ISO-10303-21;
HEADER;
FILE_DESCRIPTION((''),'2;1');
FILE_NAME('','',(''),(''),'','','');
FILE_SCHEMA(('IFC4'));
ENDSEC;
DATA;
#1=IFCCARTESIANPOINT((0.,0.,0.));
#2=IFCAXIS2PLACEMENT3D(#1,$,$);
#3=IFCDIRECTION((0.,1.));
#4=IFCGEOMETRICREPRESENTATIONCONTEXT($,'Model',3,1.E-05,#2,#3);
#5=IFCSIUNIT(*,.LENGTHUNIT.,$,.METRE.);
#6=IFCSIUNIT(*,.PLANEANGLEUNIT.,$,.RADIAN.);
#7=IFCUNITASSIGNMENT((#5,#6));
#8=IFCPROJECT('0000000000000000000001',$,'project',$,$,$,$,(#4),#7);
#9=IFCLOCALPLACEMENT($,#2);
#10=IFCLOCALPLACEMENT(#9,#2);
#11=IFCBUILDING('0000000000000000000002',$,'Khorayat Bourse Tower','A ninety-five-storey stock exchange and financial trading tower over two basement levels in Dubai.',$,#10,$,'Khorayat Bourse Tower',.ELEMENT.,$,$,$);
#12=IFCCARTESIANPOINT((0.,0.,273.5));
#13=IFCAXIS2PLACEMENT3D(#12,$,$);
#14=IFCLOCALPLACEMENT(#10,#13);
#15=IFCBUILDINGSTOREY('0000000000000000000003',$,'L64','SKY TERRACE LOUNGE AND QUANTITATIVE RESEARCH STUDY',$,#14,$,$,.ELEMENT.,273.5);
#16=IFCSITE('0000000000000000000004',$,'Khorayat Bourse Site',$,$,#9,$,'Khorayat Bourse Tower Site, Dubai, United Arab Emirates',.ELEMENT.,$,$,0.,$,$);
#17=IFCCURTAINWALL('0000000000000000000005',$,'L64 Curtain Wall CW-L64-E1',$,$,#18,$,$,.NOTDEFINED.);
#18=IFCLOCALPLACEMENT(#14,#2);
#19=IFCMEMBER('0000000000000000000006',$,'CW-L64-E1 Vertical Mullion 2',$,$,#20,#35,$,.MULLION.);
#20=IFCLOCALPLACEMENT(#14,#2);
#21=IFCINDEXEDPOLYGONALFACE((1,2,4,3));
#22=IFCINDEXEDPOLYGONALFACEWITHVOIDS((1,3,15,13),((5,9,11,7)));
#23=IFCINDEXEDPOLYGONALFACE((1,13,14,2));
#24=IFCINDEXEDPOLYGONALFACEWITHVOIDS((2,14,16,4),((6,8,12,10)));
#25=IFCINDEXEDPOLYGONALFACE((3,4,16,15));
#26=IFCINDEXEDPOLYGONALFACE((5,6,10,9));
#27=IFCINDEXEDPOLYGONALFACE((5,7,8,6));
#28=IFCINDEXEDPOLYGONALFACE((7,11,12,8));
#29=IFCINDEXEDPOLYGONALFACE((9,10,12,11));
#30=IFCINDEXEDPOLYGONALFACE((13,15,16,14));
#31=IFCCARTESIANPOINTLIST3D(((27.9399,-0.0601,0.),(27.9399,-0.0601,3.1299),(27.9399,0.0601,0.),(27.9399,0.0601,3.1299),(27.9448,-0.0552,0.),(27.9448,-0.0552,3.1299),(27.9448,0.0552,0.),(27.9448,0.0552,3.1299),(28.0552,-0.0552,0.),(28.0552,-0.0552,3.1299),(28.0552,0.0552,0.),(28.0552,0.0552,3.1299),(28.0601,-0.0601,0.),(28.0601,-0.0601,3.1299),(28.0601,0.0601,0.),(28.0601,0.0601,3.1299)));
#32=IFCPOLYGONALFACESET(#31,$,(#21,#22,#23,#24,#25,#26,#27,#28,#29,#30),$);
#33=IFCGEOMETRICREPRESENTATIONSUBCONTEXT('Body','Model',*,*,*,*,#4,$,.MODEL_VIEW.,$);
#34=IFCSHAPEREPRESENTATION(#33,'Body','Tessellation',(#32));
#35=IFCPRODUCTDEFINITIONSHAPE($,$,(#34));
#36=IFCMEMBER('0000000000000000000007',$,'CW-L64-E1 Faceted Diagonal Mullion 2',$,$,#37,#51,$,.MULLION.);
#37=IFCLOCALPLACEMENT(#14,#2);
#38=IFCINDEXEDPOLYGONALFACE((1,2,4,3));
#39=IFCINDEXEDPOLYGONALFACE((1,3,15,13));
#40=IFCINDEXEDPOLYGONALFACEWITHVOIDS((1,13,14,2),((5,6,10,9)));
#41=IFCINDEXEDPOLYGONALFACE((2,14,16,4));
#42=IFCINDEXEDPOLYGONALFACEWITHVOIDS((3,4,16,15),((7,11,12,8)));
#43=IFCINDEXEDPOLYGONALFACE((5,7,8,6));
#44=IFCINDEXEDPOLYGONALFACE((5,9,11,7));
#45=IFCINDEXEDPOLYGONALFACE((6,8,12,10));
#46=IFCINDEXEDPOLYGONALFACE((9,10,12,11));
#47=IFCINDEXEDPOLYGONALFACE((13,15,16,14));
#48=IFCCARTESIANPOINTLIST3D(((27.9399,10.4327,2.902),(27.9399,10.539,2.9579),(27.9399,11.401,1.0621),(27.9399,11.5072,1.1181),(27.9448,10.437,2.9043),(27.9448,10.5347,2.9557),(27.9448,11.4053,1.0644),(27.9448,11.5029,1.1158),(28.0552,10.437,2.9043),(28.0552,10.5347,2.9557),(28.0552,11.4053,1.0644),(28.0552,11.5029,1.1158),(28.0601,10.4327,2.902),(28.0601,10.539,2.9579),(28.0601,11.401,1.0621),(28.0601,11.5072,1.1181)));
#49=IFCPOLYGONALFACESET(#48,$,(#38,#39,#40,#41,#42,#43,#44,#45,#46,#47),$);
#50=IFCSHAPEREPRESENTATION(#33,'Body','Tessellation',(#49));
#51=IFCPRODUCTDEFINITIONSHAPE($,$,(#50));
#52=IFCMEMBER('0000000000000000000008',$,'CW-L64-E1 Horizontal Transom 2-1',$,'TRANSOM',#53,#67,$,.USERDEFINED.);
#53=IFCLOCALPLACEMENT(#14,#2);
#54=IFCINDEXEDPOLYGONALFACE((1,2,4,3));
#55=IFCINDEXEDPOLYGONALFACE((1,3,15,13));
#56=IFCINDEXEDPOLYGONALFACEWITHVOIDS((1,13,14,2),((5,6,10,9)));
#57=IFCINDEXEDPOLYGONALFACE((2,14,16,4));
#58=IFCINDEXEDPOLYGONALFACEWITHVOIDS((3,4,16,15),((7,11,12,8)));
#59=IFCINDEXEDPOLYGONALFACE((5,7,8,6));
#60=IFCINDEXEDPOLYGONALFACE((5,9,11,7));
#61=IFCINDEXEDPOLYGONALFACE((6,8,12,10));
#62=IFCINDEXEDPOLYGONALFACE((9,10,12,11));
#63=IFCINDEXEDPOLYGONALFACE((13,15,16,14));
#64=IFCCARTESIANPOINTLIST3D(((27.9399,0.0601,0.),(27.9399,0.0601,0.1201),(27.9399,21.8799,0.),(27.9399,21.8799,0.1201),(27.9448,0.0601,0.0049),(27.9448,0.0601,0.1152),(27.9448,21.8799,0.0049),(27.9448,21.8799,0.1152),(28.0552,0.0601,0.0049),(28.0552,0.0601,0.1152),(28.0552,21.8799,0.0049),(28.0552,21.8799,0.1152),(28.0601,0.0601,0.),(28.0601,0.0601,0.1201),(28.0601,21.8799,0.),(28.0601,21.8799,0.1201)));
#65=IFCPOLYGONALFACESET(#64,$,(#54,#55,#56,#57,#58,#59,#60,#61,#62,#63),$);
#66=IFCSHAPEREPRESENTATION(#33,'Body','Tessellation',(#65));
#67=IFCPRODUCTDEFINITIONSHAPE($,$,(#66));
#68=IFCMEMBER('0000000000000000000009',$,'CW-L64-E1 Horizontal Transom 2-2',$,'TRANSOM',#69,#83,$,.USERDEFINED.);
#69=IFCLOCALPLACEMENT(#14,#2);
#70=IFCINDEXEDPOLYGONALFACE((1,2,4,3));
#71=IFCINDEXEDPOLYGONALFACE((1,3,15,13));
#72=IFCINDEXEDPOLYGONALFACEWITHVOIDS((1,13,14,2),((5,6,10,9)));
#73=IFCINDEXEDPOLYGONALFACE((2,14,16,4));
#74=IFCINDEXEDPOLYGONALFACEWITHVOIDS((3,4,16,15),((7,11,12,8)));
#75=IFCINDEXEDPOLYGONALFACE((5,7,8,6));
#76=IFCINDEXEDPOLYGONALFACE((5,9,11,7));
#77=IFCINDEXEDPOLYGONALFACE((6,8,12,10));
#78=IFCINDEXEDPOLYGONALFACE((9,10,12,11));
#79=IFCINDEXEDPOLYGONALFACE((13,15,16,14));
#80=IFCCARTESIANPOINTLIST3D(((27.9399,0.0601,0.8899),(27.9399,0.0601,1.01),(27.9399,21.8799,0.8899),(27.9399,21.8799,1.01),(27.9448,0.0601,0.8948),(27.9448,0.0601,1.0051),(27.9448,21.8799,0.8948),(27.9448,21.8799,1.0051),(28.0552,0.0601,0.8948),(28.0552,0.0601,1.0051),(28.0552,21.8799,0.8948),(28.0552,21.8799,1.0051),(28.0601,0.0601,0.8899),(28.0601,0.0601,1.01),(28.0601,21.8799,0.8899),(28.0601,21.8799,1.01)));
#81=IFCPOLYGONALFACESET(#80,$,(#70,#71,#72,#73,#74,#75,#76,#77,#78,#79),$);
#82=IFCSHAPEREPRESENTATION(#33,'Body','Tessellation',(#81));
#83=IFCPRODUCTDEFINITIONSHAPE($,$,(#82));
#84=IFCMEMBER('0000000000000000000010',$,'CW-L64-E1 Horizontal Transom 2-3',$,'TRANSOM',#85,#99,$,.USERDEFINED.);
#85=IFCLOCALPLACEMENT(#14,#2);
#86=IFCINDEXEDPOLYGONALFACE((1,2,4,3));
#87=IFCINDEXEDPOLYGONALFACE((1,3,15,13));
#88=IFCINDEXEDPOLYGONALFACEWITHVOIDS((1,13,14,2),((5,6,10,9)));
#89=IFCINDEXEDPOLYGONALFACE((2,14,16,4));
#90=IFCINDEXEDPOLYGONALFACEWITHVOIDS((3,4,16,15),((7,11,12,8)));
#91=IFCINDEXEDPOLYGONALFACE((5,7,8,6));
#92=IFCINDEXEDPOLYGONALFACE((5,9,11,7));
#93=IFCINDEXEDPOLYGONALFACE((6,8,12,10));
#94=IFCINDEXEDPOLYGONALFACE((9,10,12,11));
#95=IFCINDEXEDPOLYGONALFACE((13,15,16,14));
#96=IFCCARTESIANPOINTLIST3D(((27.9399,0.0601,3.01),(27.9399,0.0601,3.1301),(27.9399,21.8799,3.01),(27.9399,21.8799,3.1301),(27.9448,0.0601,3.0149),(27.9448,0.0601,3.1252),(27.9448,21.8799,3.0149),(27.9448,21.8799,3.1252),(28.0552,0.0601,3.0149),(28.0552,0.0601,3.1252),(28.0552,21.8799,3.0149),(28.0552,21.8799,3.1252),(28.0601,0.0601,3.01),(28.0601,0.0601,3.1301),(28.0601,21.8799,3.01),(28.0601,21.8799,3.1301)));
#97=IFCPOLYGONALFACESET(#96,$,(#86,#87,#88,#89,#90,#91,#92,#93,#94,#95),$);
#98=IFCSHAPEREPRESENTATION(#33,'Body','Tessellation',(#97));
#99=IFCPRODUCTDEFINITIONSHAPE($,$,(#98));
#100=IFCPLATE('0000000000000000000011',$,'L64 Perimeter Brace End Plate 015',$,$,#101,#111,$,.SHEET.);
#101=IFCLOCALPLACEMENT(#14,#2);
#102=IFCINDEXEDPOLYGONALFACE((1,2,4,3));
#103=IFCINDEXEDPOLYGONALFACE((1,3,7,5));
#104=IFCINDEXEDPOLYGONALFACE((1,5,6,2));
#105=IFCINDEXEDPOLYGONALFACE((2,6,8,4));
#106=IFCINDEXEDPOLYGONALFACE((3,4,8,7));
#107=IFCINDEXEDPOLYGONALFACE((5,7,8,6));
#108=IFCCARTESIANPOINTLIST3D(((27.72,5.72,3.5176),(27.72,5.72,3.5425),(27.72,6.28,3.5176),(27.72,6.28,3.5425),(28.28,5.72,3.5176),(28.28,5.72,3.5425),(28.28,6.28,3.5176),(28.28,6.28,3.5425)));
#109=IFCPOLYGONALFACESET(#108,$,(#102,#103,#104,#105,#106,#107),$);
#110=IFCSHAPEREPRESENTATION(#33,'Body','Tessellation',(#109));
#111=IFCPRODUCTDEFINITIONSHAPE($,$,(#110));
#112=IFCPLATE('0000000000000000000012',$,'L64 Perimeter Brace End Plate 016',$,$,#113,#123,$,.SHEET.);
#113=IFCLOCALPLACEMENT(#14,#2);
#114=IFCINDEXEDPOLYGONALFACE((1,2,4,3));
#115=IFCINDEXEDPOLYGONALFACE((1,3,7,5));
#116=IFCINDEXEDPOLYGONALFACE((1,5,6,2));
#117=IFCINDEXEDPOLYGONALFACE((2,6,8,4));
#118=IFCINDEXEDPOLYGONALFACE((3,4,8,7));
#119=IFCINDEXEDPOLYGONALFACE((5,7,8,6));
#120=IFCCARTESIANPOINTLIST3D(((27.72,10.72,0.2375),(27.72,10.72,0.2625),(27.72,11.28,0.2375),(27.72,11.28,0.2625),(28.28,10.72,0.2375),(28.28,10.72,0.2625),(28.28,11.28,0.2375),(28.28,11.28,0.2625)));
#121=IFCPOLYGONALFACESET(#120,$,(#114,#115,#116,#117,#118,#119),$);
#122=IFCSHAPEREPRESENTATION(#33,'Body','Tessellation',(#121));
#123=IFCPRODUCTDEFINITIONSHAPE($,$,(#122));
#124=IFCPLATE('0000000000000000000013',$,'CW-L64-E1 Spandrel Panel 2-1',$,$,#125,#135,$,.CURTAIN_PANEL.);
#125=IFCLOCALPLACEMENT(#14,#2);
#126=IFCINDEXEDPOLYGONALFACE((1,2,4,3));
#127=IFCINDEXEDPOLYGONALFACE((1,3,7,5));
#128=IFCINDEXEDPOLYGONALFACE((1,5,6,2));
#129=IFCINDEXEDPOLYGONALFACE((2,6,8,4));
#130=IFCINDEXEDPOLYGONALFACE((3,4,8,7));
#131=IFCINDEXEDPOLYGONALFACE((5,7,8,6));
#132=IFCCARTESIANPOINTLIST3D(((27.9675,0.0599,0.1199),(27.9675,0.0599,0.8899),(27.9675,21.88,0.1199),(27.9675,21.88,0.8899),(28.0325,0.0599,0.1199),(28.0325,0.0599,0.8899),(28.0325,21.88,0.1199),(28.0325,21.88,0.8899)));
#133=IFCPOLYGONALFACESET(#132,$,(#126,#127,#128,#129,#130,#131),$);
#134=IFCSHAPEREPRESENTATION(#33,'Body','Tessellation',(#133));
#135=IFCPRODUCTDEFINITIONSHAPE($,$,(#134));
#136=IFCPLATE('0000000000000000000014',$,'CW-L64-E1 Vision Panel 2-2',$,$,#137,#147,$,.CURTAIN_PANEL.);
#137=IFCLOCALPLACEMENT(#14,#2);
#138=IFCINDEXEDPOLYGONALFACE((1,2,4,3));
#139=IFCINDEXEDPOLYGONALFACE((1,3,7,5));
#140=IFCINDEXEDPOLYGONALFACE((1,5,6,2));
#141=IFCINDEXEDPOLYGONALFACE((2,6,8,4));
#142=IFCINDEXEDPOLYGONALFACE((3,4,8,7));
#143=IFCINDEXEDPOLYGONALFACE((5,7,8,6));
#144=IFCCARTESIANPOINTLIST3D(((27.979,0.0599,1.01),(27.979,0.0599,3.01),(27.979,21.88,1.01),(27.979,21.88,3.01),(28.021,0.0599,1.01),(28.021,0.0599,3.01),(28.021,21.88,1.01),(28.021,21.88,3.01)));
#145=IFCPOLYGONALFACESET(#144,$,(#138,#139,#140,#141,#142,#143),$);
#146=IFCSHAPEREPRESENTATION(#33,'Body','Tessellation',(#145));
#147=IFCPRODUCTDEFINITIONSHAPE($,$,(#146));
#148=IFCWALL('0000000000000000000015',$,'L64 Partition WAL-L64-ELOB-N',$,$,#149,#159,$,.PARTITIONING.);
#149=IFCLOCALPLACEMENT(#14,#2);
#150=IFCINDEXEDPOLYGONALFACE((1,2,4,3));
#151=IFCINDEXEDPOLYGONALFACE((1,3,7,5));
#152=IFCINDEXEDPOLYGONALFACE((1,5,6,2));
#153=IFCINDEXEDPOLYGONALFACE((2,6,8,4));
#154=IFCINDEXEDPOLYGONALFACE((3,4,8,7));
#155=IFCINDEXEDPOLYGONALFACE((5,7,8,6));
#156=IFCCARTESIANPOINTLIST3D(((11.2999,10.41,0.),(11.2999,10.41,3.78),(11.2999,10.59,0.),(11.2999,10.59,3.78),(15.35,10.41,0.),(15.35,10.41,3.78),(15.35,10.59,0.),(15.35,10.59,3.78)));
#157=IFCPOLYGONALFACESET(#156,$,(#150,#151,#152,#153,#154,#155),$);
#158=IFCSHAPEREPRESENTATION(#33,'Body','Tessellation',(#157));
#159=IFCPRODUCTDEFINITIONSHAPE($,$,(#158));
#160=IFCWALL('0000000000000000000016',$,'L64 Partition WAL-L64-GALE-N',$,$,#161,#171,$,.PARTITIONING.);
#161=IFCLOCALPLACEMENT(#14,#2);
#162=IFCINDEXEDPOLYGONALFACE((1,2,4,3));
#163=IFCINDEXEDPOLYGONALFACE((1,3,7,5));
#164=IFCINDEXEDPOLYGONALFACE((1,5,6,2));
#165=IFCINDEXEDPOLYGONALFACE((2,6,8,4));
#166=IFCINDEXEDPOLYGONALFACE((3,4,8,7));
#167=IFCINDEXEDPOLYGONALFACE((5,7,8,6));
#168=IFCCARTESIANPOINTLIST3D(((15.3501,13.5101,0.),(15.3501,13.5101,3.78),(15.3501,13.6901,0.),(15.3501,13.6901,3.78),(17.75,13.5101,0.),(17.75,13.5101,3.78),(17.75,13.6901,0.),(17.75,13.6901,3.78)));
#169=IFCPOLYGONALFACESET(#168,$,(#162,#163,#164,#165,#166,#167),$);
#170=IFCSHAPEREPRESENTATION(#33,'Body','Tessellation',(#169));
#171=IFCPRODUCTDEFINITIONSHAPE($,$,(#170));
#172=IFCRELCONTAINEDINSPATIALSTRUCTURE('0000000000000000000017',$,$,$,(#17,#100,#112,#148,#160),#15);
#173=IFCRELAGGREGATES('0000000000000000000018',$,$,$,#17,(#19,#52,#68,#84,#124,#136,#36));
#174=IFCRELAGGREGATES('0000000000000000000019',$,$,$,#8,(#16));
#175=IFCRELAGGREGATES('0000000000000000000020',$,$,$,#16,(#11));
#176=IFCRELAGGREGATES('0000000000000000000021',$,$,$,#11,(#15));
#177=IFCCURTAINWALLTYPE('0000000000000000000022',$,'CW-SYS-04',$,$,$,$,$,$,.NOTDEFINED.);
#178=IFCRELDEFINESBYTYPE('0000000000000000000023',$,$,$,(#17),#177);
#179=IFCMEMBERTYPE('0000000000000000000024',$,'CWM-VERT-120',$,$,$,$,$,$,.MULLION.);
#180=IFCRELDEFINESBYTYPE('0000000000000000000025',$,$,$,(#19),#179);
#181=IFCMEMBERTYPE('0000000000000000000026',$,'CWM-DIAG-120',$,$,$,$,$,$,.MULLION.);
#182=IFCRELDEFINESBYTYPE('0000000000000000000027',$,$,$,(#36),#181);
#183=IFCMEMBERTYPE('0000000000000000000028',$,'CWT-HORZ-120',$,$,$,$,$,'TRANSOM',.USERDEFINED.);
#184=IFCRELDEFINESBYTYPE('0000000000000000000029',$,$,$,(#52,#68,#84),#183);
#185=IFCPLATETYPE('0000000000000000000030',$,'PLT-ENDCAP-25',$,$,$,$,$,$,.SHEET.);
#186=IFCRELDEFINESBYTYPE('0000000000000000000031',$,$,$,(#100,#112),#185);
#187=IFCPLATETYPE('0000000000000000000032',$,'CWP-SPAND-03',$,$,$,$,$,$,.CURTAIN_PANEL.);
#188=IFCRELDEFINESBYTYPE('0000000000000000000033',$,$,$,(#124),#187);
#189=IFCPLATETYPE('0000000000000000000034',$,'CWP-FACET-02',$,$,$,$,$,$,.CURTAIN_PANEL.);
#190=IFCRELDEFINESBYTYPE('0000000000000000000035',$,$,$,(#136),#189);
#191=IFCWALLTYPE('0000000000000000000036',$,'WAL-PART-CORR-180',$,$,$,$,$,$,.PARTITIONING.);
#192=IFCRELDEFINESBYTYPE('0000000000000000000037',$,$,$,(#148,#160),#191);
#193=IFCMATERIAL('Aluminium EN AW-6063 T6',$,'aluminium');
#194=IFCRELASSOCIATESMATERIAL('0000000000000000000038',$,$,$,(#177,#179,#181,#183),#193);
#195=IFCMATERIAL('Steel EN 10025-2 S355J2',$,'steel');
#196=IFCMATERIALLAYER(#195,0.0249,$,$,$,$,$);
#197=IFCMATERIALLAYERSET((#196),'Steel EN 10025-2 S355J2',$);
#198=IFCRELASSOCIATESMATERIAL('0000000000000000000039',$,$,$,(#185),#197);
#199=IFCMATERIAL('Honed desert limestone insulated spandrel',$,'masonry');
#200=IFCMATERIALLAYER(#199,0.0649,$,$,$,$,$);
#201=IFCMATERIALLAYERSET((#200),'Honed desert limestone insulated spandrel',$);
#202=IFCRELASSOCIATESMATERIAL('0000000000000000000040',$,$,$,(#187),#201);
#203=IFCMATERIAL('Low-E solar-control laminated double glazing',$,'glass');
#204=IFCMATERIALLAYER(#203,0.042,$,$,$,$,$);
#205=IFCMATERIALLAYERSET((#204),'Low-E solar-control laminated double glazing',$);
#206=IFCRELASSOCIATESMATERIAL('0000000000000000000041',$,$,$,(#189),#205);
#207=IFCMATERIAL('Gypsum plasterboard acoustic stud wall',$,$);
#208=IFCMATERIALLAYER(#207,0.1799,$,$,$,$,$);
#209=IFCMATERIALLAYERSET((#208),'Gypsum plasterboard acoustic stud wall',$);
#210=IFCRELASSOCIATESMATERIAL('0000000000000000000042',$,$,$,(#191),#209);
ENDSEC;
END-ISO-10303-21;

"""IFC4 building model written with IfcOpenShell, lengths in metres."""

from ifc_helpers import new_model, si_unit, direction, frame, frame_2d, origin, origin_2d, place, context, subcontext, project, spatial, rectangle, hollow_rectangle, extrude, source, transform, mapped, material, layer, layer_set, material_profile, profile_set, type_object, element, aggregate, save


model = new_model("IFC4")

# Units and contexts
model_context = context("Model", 3, precision=1e-05, world=origin(), true_north=direction((0.0, 1.0)))
body_context = subcontext(model_context, "Body", "Model", "MODEL_VIEW")
ifc_project = project(units=[si_unit("LENGTHUNIT", "METRE"), si_unit("PLANEANGLEUNIT", "RADIAN")], contexts=[model_context])

# Site, building, storey
site_placement = place(None, origin())
site = spatial("IfcSite", under=ifc_project, at=site_placement, Name="Khorayat Bourse Site", LongName="Khorayat Bourse Tower Site, Dubai, United Arab Emirates", CompositionType="ELEMENT", RefElevation=0.0)
building_placement = place(site_placement, origin())
building = spatial("IfcBuilding", under=site, at=building_placement, Name="Khorayat Bourse Tower", Description="A ninety-five-storey stock exchange and financial trading tower over two basement levels in Dubai.", LongName="Khorayat Bourse Tower", CompositionType="ELEMENT")
storey_placement = place(building_placement, frame((0.0, 0.0, 273.5)))
storey = spatial("IfcBuildingStorey", under=building, at=storey_placement, Name="L64", Description="SKY TERRACE LOUNGE AND QUANTITATIVE RESEARCH STUDY", CompositionType="ELEMENT", Elevation=273.5)

# Curtain wall, members
ifc_material_1 = material(Name="Aluminium EN AW-6063 T6", Category="aluminium")
curtain_wall_type = type_object("IfcCurtainWallType", Name="CW-SYS-04", PredefinedType="NOTDEFINED", material=ifc_material_1)
curtain_wall_placement = place(storey_placement, origin())
curtain_wall = element("IfcCurtainWall", 1, at=curtain_wall_placement, inside=storey, type_object=curtain_wall_type, Name="L64 Curtain Wall CW-L64-E1", PredefinedType="NOTDEFINED")
ifc_material_profile_1 = material_profile(ifc_material_1, hollow_rectangle(XDim=0.1201, YDim=0.1201, WallThickness=0.0049, at=origin_2d()), Name="ALU 120x120x5")
ifc_profile_set_1 = profile_set([ifc_material_profile_1], Name="Aluminium EN AW-6063 T6")
member_type_1 = type_object("IfcMemberType", Name="CWM-VERT-120", PredefinedType="MULLION", material=ifc_profile_set_1)
shared_shape_1 = source(origin(), body_context, "Body", "SweptSolid", [
    extrude(hollow_rectangle(XDim=0.1201, YDim=0.1201, WallThickness=0.0049, at=origin_2d()), origin(), (0.0, 0.0, 1.0), 3.1299),
])
member_1_placement = place(storey_placement, frame((28.0, 0.0, 0.0), z_axis=(0.0, 0.0, 1.0), x_axis=(-1.0, 0.0, 0.0)))
member_1 = element("IfcMember", 2, at=member_1_placement, type_object=member_type_1, Name="CW-L64-E1 Vertical Mullion 2", PredefinedType="MULLION", context=body_context, shape_type="MappedRepresentation", body=[
    mapped(shared_shape_1, transform((0.0, 0.0, 0.0), scale=1.0)),
])
ifc_material_profile_2 = material_profile(ifc_material_1, hollow_rectangle(XDim=0.1201, YDim=0.1201, WallThickness=0.0049, at=origin_2d()), Name="ALU 120x120x5")
ifc_profile_set_2 = profile_set([ifc_material_profile_2], Name="Aluminium EN AW-6063 T6")
member_type_2 = type_object("IfcMemberType", Name="CWM-DIAG-120", PredefinedType="MULLION", material=ifc_profile_set_2)
shared_shape_2 = source(origin(), body_context, "Body", "SweptSolid", [
    extrude(hollow_rectangle(XDim=0.1201, YDim=0.1201, WallThickness=0.0049, at=origin_2d()), origin(), (0.0, 0.0, 1.0), 2.0791),
])
member_2_placement = place(storey_placement, frame((28.0, 11.4541, 1.0901), z_axis=(0.0, -0.465717, 0.884934), x_axis=(1.0, 0.0, 0.0)))
member_2 = element("IfcMember", 3, at=member_2_placement, type_object=member_type_2, Name="CW-L64-E1 Faceted Diagonal Mullion 2", PredefinedType="MULLION", context=body_context, shape_type="MappedRepresentation", body=[
    mapped(shared_shape_2, transform((0.0, 0.0, 0.0), scale=1.0)),
])
ifc_material_profile_3 = material_profile(ifc_material_1, hollow_rectangle(XDim=0.1201, YDim=0.1201, WallThickness=0.0049, at=origin_2d()), Name="ALU 120x120x5")
ifc_profile_set_3 = profile_set([ifc_material_profile_3], Name="Aluminium EN AW-6063 T6")
member_type_3 = type_object("IfcMemberType", Name="CWT-HORZ-120", ElementType="TRANSOM", PredefinedType="USERDEFINED", material=ifc_profile_set_3)
shared_shape_3 = source(origin(), body_context, "Body", "SweptSolid", [
    extrude(hollow_rectangle(XDim=0.1201, YDim=0.1201, WallThickness=0.0049, at=origin_2d()), origin(), (0.0, 0.0, 1.0), 21.8198),
])
member_3_placement = place(storey_placement, frame((28.0, 0.0601, 0.0601), z_axis=(0.0, 1.0, 0.0), x_axis=(-1.0, 0.0, 0.0)))
member_3 = element("IfcMember", 4, at=member_3_placement, type_object=member_type_3, Name="CW-L64-E1 Horizontal Transom 2-1", ObjectType="TRANSOM", PredefinedType="USERDEFINED", context=body_context, shape_type="MappedRepresentation", body=[
    mapped(shared_shape_3, transform((0.0, 0.0, 0.0), scale=1.0)),
])
member_4_placement = place(storey_placement, frame((28.0, 0.0601, 0.95), z_axis=(0.0, 1.0, 0.0), x_axis=(-1.0, 0.0, 0.0)))
member_4 = element("IfcMember", 5, at=member_4_placement, type_object=member_type_3, Name="CW-L64-E1 Horizontal Transom 2-2", ObjectType="TRANSOM", PredefinedType="USERDEFINED", context=body_context, shape_type="MappedRepresentation", body=[
    mapped(shared_shape_3, transform((0.0, 0.0, 0.0), scale=1.0)),
])
member_5_placement = place(storey_placement, frame((28.0, 0.0601, 3.0701), z_axis=(0.0, 1.0, 0.0), x_axis=(-1.0, 0.0, 0.0)))
member_5 = element("IfcMember", 6, at=member_5_placement, type_object=member_type_3, Name="CW-L64-E1 Horizontal Transom 2-3", ObjectType="TRANSOM", PredefinedType="USERDEFINED", context=body_context, shape_type="MappedRepresentation", body=[
    mapped(shared_shape_3, transform((0.0, 0.0, 0.0), scale=1.0)),
])

# Plates
ifc_material_2 = material(Name="Steel EN 10025-2 S355J2", Category="steel")
ifc_layer_1 = layer(ifc_material_2, 0.0249)
ifc_layer_set_1 = layer_set([ifc_layer_1], Name="Steel EN 10025-2 S355J2")
plate_type_1 = type_object("IfcPlateType", Name="PLT-ENDCAP-25", PredefinedType="SHEET", material=ifc_layer_set_1)
shared_shape_4 = source(origin(), body_context, "Body", "SweptSolid", [
    extrude(rectangle(XDim=0.5601, YDim=0.5601, at=origin_2d()), origin(), (0.0, 0.0, 1.0), 0.0249),
])
for number, where, z_axis, x_axis, name in (
    (7, (28.0, 6.0, 3.5176), (0.0, 0.0, 1.0), (1.0, 0.0, 0.0), "L64 Perimeter Brace End Plate 015"),
    (8, (28.0, 11.0, 0.2375), (0.0, 0.0, 1.0), (1.0, 0.0, 0.0), "L64 Perimeter Brace End Plate 016"),
):
    element("IfcPlate", number, at=place(storey_placement, frame(where, z_axis=z_axis, x_axis=x_axis)), inside=storey, type_object=plate_type_1, Name=name, PredefinedType="SHEET", context=body_context, shape_type="MappedRepresentation", body=[
        mapped(shared_shape_4, transform((0.0, 0.0, 0.0), scale=1.0)),
    ])

# Plates
ifc_material_3 = material(Name="Honed desert limestone insulated spandrel", Category="masonry")
ifc_layer_2 = layer(ifc_material_3, 0.0649)
ifc_layer_set_2 = layer_set([ifc_layer_2], Name="Honed desert limestone insulated spandrel")
plate_type_2 = type_object("IfcPlateType", Name="CWP-SPAND-03", PredefinedType="CURTAIN_PANEL", material=ifc_layer_set_2)
shared_shape_5 = source(origin(), body_context, "Body", "SweptSolid", [
    extrude(rectangle(XDim=21.8201, YDim=0.0649, at=origin_2d()), origin(), (0.0, 0.0, 1.0), 0.77),
])
plate_1_placement = place(storey_placement, frame((28.0, 10.97, 0.1199), z_axis=(0.0, 0.0, 1.0), x_axis=(0.0, 1.0, 0.0)))
plate_1 = element("IfcPlate", 9, at=plate_1_placement, type_object=plate_type_2, Name="CW-L64-E1 Spandrel Panel 2-1", PredefinedType="CURTAIN_PANEL", context=body_context, shape_type="MappedRepresentation", body=[
    mapped(shared_shape_5, transform((0.0, 0.0, 0.0), scale=1.0)),
])
ifc_material_4 = material(Name="Low-E solar-control laminated double glazing", Category="glass")
ifc_layer_3 = layer(ifc_material_4, 0.042)
ifc_layer_set_3 = layer_set([ifc_layer_3], Name="Low-E solar-control laminated double glazing")
plate_type_3 = type_object("IfcPlateType", Name="CWP-FACET-02", PredefinedType="CURTAIN_PANEL", material=ifc_layer_set_3)
shared_shape_6 = source(origin(), body_context, "Body", "SweptSolid", [
    extrude(rectangle(XDim=21.8201, YDim=0.042, at=origin_2d()), origin(), (0.0, 0.0, 1.0), 2.0),
])
plate_2_placement = place(storey_placement, frame((28.0, 10.97, 1.01), z_axis=(0.0, 0.0, 1.0), x_axis=(0.0, 1.0, 0.0)))
plate_2 = element("IfcPlate", 10, at=plate_2_placement, type_object=plate_type_3, Name="CW-L64-E1 Vision Panel 2-2", PredefinedType="CURTAIN_PANEL", context=body_context, shape_type="MappedRepresentation", body=[
    mapped(shared_shape_6, transform((0.0, 0.0, 0.0), scale=1.0)),
])
aggregate(curtain_wall, [member_1, member_3, member_4, member_5, plate_1, plate_2, member_2])

# Walls
ifc_material_5 = material(Name="Gypsum plasterboard acoustic stud wall")
ifc_layer_4 = layer(ifc_material_5, 0.1799)
ifc_layer_set_4 = layer_set([ifc_layer_4], Name="Gypsum plasterboard acoustic stud wall")
wall_type = type_object("IfcWallType", Name="WAL-PART-CORR-180", PredefinedType="PARTITIONING", material=ifc_layer_set_4)
shared_shape_7 = source(origin(), body_context, "Body", "SweptSolid", [
    extrude(rectangle(XDim=4.05, YDim=0.1799, at=frame_2d((2.0249, 0.0))), origin(), (0.0, 0.0, 1.0), 3.78),
])
wall_1_placement = place(storey_placement, frame((11.3, 10.5, 0.0), z_axis=(0.0, 0.0, 1.0), x_axis=(1.0, 0.0, 0.0)))
element("IfcWall", 11, at=wall_1_placement, inside=storey, type_object=wall_type, Name="L64 Partition WAL-L64-ELOB-N", PredefinedType="PARTITIONING", context=body_context, shape_type="MappedRepresentation", body=[
    mapped(shared_shape_7, transform((0.0, 0.0, 0.0), scale=1.0)),
])
shared_shape_8 = source(origin(), body_context, "Body", "SweptSolid", [
    extrude(rectangle(XDim=2.3999, YDim=0.1799, at=frame_2d((1.2, 0.0))), origin(), (0.0, 0.0, 1.0), 3.78),
])
wall_2_placement = place(storey_placement, frame((15.3501, 13.6001, 0.0), z_axis=(0.0, 0.0, 1.0), x_axis=(1.0, 0.0, 0.0)))
element("IfcWall", 12, at=wall_2_placement, inside=storey, type_object=wall_type, Name="L64 Partition WAL-L64-GALE-N", PredefinedType="PARTITIONING", context=body_context, shape_type="MappedRepresentation", body=[
    mapped(shared_shape_8, transform((0.0, 0.0, 0.0), scale=1.0)),
])

save(model, "model.ifc")
